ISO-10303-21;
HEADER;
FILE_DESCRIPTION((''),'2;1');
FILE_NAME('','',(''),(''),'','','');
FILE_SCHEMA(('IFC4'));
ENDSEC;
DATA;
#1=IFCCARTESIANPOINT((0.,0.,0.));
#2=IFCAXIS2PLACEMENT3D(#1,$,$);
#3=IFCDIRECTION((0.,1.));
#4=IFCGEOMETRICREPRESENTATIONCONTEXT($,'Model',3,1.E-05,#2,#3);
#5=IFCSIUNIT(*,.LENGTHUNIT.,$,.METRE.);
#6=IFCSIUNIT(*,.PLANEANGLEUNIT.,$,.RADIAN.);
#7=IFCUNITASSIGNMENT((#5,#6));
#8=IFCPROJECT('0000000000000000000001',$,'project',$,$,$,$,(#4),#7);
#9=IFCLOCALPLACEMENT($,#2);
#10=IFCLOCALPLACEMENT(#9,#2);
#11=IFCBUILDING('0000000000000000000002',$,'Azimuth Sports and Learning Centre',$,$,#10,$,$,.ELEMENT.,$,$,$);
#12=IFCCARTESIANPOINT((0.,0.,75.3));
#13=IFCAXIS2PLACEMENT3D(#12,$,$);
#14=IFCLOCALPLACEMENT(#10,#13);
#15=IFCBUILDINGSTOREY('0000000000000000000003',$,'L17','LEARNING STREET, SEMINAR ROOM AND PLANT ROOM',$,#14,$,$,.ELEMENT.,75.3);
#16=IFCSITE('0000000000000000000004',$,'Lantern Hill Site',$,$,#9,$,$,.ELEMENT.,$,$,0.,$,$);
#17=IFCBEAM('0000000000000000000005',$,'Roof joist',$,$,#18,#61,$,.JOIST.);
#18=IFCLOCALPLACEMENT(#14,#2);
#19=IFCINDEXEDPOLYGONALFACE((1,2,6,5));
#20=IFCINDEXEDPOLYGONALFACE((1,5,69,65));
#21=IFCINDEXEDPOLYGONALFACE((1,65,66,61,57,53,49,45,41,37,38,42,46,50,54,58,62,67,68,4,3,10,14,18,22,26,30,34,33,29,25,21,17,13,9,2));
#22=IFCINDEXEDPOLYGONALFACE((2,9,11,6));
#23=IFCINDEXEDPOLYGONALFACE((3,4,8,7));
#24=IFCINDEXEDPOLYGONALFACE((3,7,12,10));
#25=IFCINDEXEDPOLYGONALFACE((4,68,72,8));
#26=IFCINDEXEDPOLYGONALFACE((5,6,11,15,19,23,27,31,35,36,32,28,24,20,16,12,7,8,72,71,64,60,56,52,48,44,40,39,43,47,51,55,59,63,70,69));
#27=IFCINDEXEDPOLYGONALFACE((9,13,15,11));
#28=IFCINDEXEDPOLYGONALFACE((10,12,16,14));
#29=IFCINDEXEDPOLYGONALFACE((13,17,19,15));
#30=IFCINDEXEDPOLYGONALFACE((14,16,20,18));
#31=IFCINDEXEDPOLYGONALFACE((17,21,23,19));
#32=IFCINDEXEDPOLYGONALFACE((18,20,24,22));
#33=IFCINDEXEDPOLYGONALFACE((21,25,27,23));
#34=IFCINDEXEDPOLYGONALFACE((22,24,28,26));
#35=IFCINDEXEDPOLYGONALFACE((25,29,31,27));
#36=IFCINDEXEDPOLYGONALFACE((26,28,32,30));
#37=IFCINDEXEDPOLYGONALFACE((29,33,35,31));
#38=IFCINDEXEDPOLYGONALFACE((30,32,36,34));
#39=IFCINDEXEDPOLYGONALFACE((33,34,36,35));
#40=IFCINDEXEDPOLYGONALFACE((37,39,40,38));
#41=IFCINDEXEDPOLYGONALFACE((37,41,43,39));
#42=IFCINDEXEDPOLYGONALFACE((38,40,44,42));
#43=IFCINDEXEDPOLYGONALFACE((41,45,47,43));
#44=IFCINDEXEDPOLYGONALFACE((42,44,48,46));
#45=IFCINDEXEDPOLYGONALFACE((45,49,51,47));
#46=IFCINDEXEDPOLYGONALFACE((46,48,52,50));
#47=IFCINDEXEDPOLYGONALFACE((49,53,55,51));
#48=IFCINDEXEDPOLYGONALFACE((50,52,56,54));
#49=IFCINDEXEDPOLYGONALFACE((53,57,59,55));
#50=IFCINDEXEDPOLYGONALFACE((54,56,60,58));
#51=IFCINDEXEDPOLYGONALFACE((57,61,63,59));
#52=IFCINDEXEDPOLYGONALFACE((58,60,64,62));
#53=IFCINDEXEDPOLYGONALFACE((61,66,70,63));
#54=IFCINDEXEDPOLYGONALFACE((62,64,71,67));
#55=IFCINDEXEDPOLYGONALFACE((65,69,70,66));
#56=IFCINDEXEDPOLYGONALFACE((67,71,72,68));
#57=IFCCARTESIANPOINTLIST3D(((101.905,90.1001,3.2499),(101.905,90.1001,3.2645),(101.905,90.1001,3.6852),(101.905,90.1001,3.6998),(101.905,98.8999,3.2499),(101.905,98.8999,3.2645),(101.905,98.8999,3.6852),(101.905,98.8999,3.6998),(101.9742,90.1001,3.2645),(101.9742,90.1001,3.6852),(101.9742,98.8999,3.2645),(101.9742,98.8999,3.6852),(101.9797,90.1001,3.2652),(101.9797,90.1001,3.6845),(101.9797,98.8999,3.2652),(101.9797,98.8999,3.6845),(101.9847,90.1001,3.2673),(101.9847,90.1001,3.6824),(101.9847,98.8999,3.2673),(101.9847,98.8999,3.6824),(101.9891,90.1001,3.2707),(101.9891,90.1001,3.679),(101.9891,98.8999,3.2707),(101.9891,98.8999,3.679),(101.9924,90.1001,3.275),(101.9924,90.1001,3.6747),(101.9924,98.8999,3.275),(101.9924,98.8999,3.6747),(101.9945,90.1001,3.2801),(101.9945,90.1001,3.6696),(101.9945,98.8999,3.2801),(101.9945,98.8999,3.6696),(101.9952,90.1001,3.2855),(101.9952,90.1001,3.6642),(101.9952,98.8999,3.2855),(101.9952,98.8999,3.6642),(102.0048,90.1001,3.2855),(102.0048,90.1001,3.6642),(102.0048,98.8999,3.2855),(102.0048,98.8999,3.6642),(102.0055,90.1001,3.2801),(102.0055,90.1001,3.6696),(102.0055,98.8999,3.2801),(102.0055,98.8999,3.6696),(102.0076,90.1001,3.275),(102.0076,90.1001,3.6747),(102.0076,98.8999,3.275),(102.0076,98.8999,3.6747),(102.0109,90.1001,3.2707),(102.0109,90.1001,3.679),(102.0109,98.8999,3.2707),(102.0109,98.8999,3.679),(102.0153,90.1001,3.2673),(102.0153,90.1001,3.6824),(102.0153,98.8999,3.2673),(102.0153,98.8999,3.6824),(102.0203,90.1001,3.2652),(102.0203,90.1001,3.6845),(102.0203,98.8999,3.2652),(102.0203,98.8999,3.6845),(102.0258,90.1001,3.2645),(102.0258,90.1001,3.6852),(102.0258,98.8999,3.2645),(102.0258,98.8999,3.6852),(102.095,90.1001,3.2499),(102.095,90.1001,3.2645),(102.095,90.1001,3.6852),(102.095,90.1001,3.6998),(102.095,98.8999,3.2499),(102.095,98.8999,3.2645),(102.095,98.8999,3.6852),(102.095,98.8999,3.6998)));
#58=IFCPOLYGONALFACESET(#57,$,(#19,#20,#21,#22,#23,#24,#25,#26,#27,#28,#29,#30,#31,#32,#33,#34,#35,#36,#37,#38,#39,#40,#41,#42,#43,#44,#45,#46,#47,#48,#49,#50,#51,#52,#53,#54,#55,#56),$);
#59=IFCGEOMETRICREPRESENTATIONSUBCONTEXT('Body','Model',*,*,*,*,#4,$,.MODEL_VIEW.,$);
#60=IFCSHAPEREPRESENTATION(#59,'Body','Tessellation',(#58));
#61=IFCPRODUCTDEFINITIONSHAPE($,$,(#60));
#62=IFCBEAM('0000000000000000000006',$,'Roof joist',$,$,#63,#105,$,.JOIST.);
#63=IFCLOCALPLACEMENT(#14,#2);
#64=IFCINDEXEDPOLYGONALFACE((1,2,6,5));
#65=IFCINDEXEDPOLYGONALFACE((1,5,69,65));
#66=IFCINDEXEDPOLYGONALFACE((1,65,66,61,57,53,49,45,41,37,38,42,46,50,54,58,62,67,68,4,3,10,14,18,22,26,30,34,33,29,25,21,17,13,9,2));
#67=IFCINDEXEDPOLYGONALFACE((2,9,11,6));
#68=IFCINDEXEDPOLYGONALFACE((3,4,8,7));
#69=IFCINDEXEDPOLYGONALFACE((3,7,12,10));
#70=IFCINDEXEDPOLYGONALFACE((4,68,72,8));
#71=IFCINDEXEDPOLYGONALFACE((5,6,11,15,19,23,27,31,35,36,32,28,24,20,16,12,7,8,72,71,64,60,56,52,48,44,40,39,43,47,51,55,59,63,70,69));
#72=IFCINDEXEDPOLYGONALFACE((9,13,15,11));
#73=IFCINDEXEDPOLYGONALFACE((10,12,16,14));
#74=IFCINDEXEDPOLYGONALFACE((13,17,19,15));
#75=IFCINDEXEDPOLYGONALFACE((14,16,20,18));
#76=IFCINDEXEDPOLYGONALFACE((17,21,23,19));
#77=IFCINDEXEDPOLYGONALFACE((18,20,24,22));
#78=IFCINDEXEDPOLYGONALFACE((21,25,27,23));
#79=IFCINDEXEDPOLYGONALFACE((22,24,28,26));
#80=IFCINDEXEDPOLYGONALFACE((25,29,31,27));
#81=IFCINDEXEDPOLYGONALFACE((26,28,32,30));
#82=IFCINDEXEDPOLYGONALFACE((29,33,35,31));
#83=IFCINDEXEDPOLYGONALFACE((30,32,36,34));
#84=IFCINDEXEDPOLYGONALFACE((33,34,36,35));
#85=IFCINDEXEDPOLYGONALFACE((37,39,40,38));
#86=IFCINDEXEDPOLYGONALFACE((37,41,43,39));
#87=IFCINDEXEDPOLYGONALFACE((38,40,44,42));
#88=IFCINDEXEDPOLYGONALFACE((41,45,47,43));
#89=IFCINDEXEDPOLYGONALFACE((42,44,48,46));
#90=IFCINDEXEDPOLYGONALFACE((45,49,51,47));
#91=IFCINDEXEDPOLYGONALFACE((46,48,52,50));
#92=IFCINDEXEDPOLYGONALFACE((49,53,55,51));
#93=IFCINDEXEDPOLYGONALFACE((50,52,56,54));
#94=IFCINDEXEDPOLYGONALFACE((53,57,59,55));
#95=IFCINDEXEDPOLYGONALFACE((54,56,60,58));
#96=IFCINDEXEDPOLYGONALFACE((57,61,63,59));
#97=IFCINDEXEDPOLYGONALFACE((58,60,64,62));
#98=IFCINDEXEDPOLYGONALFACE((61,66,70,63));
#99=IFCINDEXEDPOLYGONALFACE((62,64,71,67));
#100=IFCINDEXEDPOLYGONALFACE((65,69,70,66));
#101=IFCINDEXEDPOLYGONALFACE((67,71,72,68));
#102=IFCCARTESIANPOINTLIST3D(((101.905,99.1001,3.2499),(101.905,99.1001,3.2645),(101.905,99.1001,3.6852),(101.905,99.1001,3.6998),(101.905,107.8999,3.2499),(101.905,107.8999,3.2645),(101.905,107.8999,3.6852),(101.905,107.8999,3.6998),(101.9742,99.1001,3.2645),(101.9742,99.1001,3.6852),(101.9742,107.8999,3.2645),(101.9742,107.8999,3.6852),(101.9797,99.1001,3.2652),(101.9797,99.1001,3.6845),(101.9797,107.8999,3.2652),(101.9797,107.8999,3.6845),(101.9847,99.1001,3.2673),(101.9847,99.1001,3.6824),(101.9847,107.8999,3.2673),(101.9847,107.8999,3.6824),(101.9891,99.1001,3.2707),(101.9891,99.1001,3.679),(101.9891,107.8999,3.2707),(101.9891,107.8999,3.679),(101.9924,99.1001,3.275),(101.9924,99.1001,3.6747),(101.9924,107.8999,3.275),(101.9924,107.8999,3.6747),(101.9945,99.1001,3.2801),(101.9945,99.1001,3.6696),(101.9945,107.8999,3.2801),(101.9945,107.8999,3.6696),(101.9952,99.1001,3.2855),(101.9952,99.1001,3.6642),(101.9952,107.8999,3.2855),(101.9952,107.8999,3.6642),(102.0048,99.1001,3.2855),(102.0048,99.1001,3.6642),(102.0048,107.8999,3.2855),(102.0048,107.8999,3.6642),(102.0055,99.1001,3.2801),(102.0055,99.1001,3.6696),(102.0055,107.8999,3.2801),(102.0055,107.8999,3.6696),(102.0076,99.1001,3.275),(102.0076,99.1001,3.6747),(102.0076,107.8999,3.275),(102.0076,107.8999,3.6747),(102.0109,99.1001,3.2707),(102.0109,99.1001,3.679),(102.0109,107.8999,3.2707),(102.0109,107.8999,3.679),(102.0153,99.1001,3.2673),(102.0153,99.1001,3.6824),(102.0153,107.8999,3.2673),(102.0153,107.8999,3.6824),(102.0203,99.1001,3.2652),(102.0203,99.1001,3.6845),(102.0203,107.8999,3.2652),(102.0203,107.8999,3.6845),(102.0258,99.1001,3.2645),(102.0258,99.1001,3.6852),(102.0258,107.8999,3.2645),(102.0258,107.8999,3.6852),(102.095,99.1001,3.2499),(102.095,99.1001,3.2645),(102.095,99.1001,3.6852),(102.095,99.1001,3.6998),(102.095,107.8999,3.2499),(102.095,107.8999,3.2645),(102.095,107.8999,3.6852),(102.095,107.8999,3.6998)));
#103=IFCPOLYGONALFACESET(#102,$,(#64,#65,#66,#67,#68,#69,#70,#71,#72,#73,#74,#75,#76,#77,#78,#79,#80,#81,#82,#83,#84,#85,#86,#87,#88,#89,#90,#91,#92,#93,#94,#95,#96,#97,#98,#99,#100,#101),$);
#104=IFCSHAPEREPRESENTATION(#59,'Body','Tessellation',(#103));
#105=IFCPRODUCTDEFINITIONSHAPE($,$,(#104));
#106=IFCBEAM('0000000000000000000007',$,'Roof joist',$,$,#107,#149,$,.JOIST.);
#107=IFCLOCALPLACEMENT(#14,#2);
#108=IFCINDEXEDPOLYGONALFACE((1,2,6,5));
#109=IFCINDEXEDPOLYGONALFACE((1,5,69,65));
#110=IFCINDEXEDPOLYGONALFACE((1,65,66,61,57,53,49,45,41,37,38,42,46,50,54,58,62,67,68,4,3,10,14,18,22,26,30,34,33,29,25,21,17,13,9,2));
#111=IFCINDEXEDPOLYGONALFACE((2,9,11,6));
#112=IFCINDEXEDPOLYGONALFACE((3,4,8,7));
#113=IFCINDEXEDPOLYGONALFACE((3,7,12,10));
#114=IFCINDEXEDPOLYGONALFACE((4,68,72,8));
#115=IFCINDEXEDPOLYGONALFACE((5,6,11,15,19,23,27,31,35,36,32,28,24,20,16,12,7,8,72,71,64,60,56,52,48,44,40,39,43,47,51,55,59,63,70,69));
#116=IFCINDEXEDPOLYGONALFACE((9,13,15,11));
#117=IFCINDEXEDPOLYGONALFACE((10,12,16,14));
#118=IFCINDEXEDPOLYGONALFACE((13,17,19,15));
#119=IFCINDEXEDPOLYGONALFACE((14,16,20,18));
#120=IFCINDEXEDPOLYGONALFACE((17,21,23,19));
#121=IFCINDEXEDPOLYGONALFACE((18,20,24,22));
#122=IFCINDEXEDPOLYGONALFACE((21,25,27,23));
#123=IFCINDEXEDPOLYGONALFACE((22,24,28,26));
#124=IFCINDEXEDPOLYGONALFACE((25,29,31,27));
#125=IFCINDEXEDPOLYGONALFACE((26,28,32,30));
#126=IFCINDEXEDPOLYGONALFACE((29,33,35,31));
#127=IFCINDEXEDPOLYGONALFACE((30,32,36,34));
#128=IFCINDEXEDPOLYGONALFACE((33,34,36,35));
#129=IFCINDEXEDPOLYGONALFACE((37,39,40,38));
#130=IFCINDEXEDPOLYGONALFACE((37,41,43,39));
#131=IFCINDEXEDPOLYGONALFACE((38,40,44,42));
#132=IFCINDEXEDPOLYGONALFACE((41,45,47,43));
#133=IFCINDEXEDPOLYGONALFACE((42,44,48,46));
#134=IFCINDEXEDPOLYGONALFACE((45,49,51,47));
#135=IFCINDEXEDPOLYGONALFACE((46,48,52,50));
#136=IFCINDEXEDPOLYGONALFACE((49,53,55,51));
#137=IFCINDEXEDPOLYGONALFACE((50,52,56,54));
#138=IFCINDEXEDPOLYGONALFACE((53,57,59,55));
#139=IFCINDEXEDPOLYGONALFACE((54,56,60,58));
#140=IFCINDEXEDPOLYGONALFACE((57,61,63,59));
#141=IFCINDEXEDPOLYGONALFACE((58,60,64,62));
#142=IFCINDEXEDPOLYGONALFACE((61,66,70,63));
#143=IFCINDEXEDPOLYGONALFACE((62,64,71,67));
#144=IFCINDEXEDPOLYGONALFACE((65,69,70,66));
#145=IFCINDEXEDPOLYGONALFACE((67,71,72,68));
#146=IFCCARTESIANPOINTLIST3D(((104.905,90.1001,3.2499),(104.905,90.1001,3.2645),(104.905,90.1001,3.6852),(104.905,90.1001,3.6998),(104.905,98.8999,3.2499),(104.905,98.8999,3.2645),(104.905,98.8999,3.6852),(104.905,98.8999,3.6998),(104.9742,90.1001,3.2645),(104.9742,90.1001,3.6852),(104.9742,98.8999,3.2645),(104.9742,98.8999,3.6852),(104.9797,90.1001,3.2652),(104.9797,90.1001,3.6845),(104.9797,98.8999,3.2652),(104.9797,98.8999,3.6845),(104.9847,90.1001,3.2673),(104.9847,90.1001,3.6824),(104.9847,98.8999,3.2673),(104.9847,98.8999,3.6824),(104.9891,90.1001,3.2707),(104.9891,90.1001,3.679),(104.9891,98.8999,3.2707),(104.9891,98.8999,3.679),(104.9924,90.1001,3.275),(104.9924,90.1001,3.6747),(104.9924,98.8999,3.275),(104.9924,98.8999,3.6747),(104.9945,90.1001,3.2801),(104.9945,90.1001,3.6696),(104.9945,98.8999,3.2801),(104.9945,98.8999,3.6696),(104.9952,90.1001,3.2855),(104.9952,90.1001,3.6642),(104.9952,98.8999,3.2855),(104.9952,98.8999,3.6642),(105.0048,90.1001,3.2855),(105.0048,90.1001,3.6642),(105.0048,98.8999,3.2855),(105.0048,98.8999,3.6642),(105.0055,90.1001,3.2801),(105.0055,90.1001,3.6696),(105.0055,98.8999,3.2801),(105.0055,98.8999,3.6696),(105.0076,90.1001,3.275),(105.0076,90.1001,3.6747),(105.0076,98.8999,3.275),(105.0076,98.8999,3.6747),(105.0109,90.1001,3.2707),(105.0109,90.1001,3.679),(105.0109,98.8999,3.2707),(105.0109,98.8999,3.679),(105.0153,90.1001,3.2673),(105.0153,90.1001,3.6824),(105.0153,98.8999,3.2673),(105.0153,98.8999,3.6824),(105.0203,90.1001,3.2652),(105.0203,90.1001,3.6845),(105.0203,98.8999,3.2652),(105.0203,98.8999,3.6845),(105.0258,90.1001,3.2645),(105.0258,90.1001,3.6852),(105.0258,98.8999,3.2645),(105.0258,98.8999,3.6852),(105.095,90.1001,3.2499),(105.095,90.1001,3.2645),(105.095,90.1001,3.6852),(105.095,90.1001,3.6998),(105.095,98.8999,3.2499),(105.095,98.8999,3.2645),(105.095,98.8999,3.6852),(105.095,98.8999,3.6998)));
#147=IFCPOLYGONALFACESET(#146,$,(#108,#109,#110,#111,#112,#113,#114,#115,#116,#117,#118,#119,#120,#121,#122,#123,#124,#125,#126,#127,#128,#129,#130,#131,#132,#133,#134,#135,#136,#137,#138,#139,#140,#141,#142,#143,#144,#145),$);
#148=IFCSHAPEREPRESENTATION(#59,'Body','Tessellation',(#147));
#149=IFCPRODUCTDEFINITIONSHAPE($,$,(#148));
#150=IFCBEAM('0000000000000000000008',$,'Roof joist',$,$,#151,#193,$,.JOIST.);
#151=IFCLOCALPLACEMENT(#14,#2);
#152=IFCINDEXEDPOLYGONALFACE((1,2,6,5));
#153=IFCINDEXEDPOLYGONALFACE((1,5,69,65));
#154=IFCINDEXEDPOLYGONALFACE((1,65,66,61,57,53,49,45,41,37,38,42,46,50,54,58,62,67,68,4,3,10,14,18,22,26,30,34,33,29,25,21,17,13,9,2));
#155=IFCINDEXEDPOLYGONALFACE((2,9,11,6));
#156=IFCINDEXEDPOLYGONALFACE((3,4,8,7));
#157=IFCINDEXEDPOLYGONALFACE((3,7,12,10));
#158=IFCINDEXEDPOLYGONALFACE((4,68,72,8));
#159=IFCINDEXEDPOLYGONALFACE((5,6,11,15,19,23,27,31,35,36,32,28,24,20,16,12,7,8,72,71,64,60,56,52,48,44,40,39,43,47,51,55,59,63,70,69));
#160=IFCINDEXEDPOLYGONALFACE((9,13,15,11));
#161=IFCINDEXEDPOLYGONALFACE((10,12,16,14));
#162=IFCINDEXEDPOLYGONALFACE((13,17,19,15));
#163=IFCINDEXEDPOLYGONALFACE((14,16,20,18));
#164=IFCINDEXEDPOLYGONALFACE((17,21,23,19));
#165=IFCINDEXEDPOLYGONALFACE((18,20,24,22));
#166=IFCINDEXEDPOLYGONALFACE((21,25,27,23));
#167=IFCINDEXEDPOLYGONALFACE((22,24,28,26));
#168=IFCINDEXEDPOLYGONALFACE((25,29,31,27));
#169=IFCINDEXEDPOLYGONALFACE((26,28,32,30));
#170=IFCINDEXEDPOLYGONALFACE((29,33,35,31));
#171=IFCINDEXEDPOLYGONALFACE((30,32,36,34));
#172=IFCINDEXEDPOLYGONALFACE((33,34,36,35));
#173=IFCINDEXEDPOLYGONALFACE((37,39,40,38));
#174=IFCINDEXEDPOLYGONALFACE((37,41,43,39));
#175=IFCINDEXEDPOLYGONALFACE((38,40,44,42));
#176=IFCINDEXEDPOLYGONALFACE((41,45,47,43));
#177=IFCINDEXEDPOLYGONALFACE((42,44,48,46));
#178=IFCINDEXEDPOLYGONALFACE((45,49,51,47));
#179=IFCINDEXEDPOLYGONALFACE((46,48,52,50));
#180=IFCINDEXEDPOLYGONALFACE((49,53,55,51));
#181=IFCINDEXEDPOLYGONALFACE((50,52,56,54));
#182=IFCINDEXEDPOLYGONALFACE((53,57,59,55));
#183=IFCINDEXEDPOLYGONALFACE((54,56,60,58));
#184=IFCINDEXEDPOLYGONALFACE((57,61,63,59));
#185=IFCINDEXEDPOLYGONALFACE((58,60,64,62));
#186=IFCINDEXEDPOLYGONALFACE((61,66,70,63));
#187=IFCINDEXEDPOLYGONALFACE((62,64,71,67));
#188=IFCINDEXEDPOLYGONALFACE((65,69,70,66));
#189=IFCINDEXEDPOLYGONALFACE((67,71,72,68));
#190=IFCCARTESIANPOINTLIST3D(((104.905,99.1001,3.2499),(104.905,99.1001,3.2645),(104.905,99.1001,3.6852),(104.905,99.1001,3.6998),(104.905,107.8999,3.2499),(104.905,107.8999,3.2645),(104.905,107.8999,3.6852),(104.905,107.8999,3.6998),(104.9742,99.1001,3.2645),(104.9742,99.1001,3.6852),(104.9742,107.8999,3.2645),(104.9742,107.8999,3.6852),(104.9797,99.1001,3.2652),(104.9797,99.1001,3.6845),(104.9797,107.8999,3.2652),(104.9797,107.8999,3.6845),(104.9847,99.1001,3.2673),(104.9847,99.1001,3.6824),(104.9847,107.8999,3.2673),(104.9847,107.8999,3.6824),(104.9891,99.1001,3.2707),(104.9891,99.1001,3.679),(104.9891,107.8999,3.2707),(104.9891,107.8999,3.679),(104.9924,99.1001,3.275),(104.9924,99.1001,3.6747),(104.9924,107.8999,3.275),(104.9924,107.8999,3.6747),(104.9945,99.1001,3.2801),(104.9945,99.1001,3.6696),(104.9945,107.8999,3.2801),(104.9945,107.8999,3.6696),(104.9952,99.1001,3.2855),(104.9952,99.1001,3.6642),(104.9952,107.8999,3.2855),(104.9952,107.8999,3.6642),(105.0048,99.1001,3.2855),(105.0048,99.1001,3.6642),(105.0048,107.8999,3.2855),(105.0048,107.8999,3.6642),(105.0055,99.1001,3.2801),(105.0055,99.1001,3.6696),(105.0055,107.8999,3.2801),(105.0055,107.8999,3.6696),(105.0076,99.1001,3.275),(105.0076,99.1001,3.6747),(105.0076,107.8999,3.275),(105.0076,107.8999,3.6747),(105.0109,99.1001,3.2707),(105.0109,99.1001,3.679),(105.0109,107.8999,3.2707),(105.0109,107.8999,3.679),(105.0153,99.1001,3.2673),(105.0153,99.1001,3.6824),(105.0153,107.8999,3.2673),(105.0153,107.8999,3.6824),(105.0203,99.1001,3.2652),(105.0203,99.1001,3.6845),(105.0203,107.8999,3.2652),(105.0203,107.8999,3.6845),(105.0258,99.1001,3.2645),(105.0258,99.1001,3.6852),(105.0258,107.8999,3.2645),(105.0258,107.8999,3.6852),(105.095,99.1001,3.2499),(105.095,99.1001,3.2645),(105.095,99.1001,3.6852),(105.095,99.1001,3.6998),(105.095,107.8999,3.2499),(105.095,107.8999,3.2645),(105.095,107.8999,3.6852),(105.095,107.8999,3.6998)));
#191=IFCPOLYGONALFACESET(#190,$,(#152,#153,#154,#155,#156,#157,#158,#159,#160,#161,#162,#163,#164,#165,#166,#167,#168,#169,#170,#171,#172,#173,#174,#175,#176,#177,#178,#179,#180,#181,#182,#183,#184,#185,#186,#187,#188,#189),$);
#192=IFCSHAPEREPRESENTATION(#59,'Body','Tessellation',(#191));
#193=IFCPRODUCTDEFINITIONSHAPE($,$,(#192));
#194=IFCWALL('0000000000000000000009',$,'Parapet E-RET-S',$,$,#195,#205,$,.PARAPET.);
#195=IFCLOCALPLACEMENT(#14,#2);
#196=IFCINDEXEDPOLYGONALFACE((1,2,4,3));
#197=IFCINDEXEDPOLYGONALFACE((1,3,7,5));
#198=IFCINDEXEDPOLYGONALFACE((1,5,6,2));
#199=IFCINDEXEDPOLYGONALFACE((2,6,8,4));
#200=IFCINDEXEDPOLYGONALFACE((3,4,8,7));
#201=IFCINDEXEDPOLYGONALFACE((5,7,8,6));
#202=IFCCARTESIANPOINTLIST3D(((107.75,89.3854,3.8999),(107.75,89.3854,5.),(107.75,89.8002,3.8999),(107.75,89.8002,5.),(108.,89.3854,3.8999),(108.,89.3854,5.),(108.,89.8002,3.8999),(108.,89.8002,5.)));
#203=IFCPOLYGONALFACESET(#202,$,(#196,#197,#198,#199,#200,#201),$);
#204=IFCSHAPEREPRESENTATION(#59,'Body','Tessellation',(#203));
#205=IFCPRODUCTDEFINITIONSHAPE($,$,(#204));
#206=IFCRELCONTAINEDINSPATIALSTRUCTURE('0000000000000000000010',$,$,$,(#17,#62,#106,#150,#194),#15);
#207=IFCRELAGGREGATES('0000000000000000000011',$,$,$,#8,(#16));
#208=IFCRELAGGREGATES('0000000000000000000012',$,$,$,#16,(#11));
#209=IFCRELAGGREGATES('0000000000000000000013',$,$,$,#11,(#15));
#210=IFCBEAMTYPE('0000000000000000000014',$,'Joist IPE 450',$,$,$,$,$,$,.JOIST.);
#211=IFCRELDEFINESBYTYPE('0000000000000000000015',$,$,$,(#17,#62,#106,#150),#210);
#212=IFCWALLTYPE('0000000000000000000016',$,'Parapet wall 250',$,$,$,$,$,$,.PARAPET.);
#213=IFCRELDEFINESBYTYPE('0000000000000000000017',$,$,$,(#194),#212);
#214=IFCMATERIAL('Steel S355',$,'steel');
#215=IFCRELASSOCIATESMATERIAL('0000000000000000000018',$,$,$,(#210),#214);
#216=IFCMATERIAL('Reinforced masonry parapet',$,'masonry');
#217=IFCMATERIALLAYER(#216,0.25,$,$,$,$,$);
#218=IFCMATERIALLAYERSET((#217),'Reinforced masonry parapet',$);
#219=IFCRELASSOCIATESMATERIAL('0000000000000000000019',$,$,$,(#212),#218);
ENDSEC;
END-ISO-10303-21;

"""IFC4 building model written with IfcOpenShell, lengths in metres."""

from ifc_helpers import new_model, si_unit, direction, frame, frame_2d, origin, origin_2d, place, context, subcontext, project, spatial, rectangle, i_section, extrude, material, layer, layer_set, material_profile, profile_set, type_object, element, save


model = new_model("IFC4")

# Units and contexts
model_context = context("Model", 3, precision=1e-05, world=origin(), true_north=direction((0.0, 1.0)))
body_context = subcontext(model_context, "Body", "Model", "MODEL_VIEW")
ifc_project = project(units=[si_unit("LENGTHUNIT", "METRE"), si_unit("PLANEANGLEUNIT", "RADIAN")], contexts=[model_context])

# Site, building, storey
site_placement = place(None, origin())
site = spatial("IfcSite", under=ifc_project, at=site_placement, Name="Lantern Hill Site", CompositionType="ELEMENT", RefElevation=0.0)
building_placement = place(site_placement, origin())
building = spatial("IfcBuilding", under=site, at=building_placement, Name="Azimuth Sports and Learning Centre", CompositionType="ELEMENT")
storey_placement = place(building_placement, frame((0.0, 0.0, 75.3)))
storey = spatial("IfcBuildingStorey", under=building, at=storey_placement, Name="L17", Description="LEARNING STREET, SEMINAR ROOM AND PLANT ROOM", CompositionType="ELEMENT", Elevation=75.3)

# Beams
ifc_material_1 = material(Name="Steel S355", Category="steel")
ifc_material_profile_1 = material_profile(ifc_material_1, i_section(OverallWidth=0.1899, OverallDepth=0.45, WebThickness=0.0095, FlangeThickness=0.0146, FilletRadius=0.021, at=origin_2d()), Name="IPE 450")
ifc_profile_set_1 = profile_set([ifc_material_profile_1], Name="Steel S355")
beam_type_1 = type_object("IfcBeamType", Name="Joist IPE 450", PredefinedType="JOIST", material=ifc_profile_set_1)
for number, where, z_axis, x_axis, name in (
    (1, (102.0, 90.1001, 3.4749), (0.0, 1.0, 0.0), (-1.0, 0.0, 0.0), "Roof joist"),
    (2, (102.0, 99.1001, 3.4749), (0.0, 1.0, 0.0), (-1.0, 0.0, 0.0), "Roof joist"),
    (3, (105.0, 90.1001, 3.4749), (0.0, 1.0, 0.0), (-1.0, 0.0, 0.0), "Roof joist"),
    (4, (105.0, 99.1001, 3.4749), (0.0, 1.0, 0.0), (-1.0, 0.0, 0.0), "Roof joist"),
):
    element("IfcBeam", number, at=place(storey_placement, frame(where, z_axis=z_axis, x_axis=x_axis)), inside=storey, type_object=beam_type_1, Name=name, PredefinedType="JOIST", context=body_context, shape_type="SweptSolid", body=[
        extrude(i_section(OverallWidth=0.1899, OverallDepth=0.45, WebThickness=0.0095, FlangeThickness=0.0146, FilletRadius=0.021, at=origin_2d()), origin(), (0.0, 0.0, 1.0), 8.7998),
    ])

# Wall
ifc_material_2 = material(Name="Reinforced masonry parapet", Category="masonry")
ifc_layer_1 = layer(ifc_material_2, 0.25)
ifc_layer_set_1 = layer_set([ifc_layer_1], Name="Reinforced masonry parapet")
wall_type_1 = type_object("IfcWallType", Name="Parapet wall 250", PredefinedType="PARAPET", material=ifc_layer_set_1)
wall_1_placement = place(storey_placement, frame((107.875, 89.3853, 3.8999), z_axis=(0.0, 0.0, 1.0), x_axis=(0.0, 1.0, 0.0)))
element("IfcWall", 5, at=wall_1_placement, inside=storey, type_object=wall_type_1, Name="Parapet E-RET-S", PredefinedType="PARAPET", context=body_context, shape_type="SweptSolid", body=[
    extrude(rectangle(XDim=0.4148, YDim=0.25, at=frame_2d((0.2075, 0.0))), origin(), (0.0, 0.0, 1.0), 1.1001),
])

save(model, "model.ifc")
